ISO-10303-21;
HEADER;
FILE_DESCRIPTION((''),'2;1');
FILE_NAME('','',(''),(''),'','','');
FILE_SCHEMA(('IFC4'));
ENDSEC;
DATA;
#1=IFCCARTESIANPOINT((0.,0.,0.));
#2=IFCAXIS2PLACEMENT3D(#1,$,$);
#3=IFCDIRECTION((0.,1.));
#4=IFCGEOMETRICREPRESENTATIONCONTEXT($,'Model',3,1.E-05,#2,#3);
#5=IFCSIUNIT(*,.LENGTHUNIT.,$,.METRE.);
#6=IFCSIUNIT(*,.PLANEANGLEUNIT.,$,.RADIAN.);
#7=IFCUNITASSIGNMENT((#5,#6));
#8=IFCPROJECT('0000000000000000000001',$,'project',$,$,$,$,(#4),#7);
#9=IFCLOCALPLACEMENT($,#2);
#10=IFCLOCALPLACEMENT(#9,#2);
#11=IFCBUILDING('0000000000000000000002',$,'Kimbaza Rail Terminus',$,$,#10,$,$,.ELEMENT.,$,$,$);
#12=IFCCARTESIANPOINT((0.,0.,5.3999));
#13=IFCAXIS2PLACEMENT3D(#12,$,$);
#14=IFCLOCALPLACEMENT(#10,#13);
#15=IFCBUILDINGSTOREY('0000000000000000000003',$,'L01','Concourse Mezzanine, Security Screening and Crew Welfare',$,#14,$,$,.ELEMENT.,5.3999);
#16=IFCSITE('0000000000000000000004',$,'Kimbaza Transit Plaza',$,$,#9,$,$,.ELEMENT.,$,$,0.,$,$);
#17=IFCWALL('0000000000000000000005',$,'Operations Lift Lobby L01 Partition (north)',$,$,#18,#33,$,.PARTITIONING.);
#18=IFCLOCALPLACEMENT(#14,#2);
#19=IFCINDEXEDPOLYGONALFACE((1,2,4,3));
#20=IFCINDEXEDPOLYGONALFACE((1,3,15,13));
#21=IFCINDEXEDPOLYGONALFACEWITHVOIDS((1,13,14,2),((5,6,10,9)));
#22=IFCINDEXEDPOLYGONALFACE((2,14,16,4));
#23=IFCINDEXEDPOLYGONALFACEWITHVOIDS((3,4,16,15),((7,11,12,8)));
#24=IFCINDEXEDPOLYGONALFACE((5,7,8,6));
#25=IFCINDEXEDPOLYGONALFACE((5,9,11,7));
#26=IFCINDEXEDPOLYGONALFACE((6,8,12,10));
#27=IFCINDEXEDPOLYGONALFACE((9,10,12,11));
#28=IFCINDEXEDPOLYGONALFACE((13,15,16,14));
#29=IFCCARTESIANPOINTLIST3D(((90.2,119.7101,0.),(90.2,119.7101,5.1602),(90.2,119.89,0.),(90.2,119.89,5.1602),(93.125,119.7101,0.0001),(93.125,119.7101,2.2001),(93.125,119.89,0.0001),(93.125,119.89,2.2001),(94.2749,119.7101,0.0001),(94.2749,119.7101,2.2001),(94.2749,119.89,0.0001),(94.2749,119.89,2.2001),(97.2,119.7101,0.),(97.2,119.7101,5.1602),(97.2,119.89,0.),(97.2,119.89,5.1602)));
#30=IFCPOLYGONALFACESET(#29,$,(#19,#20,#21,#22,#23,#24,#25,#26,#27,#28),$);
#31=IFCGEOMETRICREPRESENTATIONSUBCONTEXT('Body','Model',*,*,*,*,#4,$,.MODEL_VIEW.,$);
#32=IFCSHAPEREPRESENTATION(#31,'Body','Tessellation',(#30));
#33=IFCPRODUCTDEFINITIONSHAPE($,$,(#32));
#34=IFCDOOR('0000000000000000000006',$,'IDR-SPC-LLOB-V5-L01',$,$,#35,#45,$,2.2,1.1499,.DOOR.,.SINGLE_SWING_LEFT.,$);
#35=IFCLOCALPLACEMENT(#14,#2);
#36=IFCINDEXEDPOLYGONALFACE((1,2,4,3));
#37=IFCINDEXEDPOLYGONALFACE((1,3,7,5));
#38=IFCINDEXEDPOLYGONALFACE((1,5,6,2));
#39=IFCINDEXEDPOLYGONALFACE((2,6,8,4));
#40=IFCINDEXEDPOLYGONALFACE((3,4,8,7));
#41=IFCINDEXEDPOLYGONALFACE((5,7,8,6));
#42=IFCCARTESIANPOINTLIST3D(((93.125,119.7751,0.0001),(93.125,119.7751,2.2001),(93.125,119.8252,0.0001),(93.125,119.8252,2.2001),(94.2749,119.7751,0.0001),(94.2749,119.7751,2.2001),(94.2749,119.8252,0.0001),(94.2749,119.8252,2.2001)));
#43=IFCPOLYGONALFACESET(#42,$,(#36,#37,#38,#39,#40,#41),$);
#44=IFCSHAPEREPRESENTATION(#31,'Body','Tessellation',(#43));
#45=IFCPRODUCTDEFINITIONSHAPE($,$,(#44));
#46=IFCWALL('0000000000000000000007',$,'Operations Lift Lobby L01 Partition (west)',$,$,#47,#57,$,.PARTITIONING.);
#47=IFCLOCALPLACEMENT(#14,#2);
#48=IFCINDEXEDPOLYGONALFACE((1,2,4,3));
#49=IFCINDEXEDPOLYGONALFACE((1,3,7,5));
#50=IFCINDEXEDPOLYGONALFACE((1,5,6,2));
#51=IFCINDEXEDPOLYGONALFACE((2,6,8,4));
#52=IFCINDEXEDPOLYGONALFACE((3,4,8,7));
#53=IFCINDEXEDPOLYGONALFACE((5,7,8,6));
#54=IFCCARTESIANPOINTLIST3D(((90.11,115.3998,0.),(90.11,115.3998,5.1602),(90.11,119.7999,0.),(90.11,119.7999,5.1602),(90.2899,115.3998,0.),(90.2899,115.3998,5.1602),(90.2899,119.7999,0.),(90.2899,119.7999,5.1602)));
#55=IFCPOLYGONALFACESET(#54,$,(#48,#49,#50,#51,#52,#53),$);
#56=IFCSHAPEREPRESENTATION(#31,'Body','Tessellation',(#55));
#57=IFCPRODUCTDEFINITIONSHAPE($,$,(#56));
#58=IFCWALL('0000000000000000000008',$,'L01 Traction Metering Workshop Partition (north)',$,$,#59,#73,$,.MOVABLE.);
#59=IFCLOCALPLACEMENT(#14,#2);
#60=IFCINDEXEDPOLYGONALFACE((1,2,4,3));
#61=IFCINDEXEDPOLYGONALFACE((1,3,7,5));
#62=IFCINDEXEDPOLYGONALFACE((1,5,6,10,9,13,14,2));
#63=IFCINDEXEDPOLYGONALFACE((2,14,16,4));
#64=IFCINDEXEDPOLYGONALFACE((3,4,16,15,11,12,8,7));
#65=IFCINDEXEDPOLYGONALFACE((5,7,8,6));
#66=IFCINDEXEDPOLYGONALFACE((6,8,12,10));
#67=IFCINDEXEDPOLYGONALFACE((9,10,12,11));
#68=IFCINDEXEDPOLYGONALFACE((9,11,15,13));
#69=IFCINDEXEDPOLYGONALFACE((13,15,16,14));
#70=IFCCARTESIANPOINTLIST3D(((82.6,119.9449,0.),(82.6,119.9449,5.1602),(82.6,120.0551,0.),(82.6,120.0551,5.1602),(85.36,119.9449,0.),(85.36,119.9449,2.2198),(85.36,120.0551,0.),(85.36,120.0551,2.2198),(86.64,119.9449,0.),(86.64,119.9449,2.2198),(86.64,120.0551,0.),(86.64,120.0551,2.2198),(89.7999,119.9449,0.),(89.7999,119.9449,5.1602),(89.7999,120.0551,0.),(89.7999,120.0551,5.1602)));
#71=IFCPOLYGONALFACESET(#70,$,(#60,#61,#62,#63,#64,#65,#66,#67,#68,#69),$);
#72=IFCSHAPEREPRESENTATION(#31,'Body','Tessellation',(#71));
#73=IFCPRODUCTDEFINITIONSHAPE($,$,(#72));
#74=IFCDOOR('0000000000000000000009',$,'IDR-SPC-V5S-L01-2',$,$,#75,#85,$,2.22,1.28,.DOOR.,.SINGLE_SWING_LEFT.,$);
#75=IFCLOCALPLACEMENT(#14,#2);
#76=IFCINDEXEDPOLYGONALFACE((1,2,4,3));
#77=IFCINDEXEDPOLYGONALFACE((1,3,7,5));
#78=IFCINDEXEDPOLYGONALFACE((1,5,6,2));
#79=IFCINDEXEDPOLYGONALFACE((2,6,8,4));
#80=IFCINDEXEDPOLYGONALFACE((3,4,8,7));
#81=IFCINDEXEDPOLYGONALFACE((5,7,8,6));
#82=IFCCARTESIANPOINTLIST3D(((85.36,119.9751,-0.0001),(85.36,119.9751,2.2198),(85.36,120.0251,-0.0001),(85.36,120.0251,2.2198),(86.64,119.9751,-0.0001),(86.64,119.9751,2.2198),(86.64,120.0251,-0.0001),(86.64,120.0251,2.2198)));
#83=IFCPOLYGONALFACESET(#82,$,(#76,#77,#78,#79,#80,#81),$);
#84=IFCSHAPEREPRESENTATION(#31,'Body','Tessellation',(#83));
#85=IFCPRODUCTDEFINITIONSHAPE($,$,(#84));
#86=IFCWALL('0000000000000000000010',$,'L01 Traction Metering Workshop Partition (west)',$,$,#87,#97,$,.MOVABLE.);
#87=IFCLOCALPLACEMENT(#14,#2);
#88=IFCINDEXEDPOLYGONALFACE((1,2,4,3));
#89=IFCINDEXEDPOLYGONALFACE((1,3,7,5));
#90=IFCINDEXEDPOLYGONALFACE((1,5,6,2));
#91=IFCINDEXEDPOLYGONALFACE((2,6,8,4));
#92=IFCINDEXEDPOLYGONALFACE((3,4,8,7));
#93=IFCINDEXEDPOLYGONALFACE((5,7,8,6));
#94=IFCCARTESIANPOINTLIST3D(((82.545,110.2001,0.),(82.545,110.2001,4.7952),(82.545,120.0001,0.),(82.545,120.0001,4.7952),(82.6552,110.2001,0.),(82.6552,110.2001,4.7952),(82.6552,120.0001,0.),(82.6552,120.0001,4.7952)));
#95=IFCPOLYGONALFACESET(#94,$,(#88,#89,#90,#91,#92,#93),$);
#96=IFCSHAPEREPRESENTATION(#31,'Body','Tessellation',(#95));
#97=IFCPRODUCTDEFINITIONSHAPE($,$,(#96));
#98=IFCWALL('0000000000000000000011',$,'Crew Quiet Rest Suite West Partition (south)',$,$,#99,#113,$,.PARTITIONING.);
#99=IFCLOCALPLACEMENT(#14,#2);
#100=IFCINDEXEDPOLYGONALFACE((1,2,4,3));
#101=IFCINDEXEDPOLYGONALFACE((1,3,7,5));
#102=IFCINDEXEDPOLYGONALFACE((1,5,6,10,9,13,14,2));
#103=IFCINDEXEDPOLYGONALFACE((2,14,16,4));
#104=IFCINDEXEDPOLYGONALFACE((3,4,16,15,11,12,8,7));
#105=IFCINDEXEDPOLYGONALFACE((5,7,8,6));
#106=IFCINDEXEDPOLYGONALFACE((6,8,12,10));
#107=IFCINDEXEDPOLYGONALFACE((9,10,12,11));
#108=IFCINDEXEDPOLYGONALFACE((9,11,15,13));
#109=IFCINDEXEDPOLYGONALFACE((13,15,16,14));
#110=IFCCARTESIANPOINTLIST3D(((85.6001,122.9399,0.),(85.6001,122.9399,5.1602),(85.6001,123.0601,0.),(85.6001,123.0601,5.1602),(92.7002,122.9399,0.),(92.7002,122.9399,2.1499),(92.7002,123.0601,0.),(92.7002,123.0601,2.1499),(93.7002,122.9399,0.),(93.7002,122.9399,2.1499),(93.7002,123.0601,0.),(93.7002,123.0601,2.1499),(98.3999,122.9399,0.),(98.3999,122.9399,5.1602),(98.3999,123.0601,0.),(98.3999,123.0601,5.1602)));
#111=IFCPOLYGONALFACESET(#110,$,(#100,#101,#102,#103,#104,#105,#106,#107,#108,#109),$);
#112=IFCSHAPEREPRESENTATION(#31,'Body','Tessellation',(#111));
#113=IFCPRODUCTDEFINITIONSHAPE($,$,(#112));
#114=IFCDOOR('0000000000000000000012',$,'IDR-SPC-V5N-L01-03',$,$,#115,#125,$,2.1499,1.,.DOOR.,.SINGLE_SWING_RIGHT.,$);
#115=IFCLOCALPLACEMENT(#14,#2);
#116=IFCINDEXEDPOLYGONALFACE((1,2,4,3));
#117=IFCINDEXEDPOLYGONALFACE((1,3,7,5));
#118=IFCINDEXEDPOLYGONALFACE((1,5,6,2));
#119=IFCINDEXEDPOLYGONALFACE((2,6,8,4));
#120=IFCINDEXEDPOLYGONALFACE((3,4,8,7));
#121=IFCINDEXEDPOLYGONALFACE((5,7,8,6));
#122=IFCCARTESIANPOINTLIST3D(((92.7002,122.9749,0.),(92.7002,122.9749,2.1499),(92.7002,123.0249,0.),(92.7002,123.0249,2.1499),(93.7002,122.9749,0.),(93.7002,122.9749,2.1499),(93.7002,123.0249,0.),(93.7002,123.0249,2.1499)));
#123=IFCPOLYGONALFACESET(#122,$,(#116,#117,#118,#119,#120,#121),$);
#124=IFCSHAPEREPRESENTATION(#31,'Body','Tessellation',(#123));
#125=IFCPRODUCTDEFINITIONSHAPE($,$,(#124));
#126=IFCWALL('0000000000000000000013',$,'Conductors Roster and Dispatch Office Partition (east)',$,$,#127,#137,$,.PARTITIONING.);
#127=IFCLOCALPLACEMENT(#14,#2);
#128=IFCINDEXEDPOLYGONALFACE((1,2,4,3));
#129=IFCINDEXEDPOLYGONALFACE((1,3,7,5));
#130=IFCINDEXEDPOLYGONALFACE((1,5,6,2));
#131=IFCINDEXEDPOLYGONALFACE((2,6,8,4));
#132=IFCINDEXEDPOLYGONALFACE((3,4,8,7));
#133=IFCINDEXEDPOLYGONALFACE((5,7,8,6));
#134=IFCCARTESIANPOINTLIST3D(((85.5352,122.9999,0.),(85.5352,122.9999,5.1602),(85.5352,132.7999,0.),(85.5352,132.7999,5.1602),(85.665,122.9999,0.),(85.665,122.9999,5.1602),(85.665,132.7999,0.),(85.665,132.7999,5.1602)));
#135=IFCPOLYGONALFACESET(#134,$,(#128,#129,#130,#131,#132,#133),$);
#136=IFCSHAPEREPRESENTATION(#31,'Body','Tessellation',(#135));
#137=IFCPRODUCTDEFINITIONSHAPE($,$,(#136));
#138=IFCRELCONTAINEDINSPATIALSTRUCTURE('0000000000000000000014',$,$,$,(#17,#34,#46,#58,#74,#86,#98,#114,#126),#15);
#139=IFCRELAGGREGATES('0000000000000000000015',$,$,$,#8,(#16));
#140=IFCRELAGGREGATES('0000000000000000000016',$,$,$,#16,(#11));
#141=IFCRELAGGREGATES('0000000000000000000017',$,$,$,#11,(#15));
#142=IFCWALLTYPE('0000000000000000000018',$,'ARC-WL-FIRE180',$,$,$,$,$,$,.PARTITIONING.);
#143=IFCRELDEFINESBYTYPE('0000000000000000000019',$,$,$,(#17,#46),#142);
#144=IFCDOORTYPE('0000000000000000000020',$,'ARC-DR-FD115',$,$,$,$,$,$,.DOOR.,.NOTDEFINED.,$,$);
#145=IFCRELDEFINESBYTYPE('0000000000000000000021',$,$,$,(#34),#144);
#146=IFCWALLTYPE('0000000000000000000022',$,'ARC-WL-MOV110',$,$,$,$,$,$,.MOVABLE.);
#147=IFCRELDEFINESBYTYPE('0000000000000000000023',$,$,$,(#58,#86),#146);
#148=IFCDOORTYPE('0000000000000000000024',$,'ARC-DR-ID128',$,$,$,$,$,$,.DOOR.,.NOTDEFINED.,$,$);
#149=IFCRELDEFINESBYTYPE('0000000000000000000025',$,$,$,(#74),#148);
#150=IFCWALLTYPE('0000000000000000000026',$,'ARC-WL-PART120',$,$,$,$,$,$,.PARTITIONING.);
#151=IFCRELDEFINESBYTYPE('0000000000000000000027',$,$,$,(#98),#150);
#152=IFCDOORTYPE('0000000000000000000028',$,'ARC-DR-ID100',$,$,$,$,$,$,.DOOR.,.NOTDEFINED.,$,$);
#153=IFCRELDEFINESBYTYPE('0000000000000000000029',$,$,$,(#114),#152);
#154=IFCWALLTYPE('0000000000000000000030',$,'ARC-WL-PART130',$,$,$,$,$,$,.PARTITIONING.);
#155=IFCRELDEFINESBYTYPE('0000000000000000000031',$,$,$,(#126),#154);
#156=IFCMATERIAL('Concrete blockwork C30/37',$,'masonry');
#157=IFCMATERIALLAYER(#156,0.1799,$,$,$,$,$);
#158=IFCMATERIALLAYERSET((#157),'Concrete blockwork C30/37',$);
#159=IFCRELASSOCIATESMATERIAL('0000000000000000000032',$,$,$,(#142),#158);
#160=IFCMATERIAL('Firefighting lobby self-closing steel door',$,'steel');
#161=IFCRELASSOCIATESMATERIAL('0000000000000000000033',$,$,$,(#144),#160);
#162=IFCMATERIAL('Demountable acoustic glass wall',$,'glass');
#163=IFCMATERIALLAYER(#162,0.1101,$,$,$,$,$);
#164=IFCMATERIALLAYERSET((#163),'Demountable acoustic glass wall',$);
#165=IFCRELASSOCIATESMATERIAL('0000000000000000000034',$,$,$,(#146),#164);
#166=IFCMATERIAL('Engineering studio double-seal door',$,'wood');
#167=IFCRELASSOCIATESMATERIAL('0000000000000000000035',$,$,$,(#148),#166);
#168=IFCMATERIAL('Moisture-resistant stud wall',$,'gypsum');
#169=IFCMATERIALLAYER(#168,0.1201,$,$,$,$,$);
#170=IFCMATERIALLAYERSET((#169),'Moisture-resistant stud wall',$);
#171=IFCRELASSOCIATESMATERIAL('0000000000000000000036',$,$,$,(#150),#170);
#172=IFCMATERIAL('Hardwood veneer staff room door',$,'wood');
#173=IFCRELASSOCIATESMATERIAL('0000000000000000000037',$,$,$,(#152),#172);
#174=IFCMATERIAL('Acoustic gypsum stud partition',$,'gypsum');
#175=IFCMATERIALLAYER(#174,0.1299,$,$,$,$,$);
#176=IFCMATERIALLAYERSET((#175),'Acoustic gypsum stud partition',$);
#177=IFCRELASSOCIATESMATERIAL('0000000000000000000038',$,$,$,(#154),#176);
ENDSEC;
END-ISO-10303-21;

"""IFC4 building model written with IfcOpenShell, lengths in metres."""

from ifc_helpers import new_model, si_unit, direction, frame, frame_2d, origin, place, context, subcontext, project, spatial, rectangle, extrude, material, layer, layer_set, type_object, element, fill, save


model = new_model("IFC4")

# Units and contexts
model_context = context("Model", 3, precision=1e-05, world=origin(), true_north=direction((0.0, 1.0)))
body_context = subcontext(model_context, "Body", "Model", "MODEL_VIEW")
ifc_project = project(units=[si_unit("LENGTHUNIT", "METRE"), si_unit("PLANEANGLEUNIT", "RADIAN")], contexts=[model_context])

# Site, building, storey
site_placement = place(None, origin())
site = spatial("IfcSite", under=ifc_project, at=site_placement, Name="Kimbaza Transit Plaza", CompositionType="ELEMENT", RefElevation=0.0)
building_placement = place(site_placement, origin())
building = spatial("IfcBuilding", under=site, at=building_placement, Name="Kimbaza Rail Terminus", CompositionType="ELEMENT")
storey_placement = place(building_placement, frame((0.0, 0.0, 5.3999)))
storey = spatial("IfcBuildingStorey", under=building, at=storey_placement, Name="L01", Description="Concourse Mezzanine, Security Screening and Crew Welfare", CompositionType="ELEMENT", Elevation=5.3999)

# Shared definitions
ifc_material_1 = material(Name="Concrete blockwork C30/37", Category="masonry")
ifc_layer_1 = layer(ifc_material_1, 0.1799)
ifc_layer_set_1 = layer_set([ifc_layer_1], Name="Concrete blockwork C30/37")
wall_type_1 = type_object("IfcWallType", Name="ARC-WL-FIRE180", PredefinedType="PARTITIONING", material=ifc_layer_set_1)
ifc_material_2 = material(Name="Firefighting lobby self-closing steel door", Category="steel")
door_type_1 = type_object("IfcDoorType", Name="ARC-DR-FD115", OperationType="NOTDEFINED", PredefinedType="DOOR", material=ifc_material_2)

# Wall, opening, door
wall_1_placement = place(storey_placement, frame((97.2, 119.8, 0.0), z_axis=(0.0, 0.0, 1.0), x_axis=(-1.0, 0.0, 0.0)))
wall_1 = element("IfcWall", 1, at=wall_1_placement, inside=storey, type_object=wall_type_1, Name="Operations Lift Lobby L01 Partition (north)", PredefinedType="PARTITIONING", context=body_context, shape_type="SweptSolid", body=[
    extrude(rectangle(XDim=7.0, YDim=0.1799, at=frame_2d((3.5, 0.0))), origin(), (0.0, 0.0, 1.0), 5.1602),
])
opening_1_placement = place(wall_1_placement, frame((2.925, 0.0, 0.0)))
opening_1 = element("IfcOpeningElement", 2, at=opening_1_placement, cuts=wall_1, PredefinedType="OPENING", context=body_context, shape_type="SweptSolid", body=[
    extrude(rectangle(XDim=1.1499, YDim=2.2, at=frame_2d((0.575, 1.1001))), frame((0.0, 0.0999, 0.0), z_axis=(0.0, -1.0, 0.0), x_axis=(1.0, 0.0, 0.0)), (0.0, 0.0, 1.0), 0.2),
])
door_1_placement = place(opening_1_placement, origin())
door_1 = element("IfcDoor", 3, at=door_1_placement, inside=storey, type_object=door_type_1, Name="IDR-SPC-LLOB-V5-L01", OperationType="SINGLE_SWING_LEFT", OverallHeight=2.2, OverallWidth=1.1499, PredefinedType="DOOR", context=body_context, shape_type="SweptSolid", body=[
    extrude(rectangle(XDim=1.1499, YDim=2.2, at=frame_2d((0.575, 1.1001))), frame((0.0, 0.0249, 0.0), z_axis=(0.0, -1.0, 0.0), x_axis=(1.0, 0.0, 0.0)), (0.0, 0.0, 1.0), 0.05),
])
fill(opening_1, door_1)

# Wall
wall_2_placement = place(storey_placement, frame((90.2, 119.8, 0.0), z_axis=(0.0, 0.0, 1.0), x_axis=(0.0, -1.0, 0.0)))
element("IfcWall", 4, at=wall_2_placement, inside=storey, type_object=wall_type_1, Name="Operations Lift Lobby L01 Partition (west)", PredefinedType="PARTITIONING", context=body_context, shape_type="SweptSolid", body=[
    extrude(rectangle(XDim=4.4001, YDim=0.1799, at=frame_2d((2.2002, 0.0))), origin(), (0.0, 0.0, 1.0), 5.1602),
])

# Wall, opening, door
ifc_material_3 = material(Name="Demountable acoustic glass wall", Category="glass")
ifc_layer_2 = layer(ifc_material_3, 0.1101)
ifc_layer_set_2 = layer_set([ifc_layer_2], Name="Demountable acoustic glass wall")
wall_type_2 = type_object("IfcWallType", Name="ARC-WL-MOV110", PredefinedType="MOVABLE", material=ifc_layer_set_2)
wall_3_placement = place(storey_placement, frame((89.8, 120.0, 0.0), z_axis=(0.0, 0.0, 1.0), x_axis=(-1.0, 0.0, 0.0)))
wall_3 = element("IfcWall", 5, at=wall_3_placement, inside=storey, type_object=wall_type_2, Name="L01 Traction Metering Workshop Partition (north)", PredefinedType="MOVABLE", context=body_context, shape_type="SweptSolid", body=[
    extrude(rectangle(XDim=7.2, YDim=0.1101, at=frame_2d((3.6001, 0.0))), origin(), (0.0, 0.0, 1.0), 5.1602),
])
opening_2_placement = place(wall_3_placement, frame((3.1599, 0.0, 0.0)))
opening_2 = element("IfcOpeningElement", 6, at=opening_2_placement, cuts=wall_3, PredefinedType="OPENING", context=body_context, shape_type="SweptSolid", body=[
    extrude(rectangle(XDim=1.28, YDim=2.22, at=frame_2d((0.6401, 1.1099))), frame((0.0, 0.0649, 0.0), z_axis=(0.0, -1.0, 0.0), x_axis=(1.0, 0.0, 0.0)), (0.0, 0.0, 1.0), 0.1301),
])
ifc_material_4 = material(Name="Engineering studio double-seal door", Category="wood")
door_type_2 = type_object("IfcDoorType", Name="ARC-DR-ID128", OperationType="NOTDEFINED", PredefinedType="DOOR", material=ifc_material_4)
door_2_placement = place(opening_2_placement, origin())
door_2 = element("IfcDoor", 7, at=door_2_placement, inside=storey, type_object=door_type_2, Name="IDR-SPC-V5S-L01-2", OperationType="SINGLE_SWING_LEFT", OverallHeight=2.22, OverallWidth=1.28, PredefinedType="DOOR", context=body_context, shape_type="SweptSolid", body=[
    extrude(rectangle(XDim=1.28, YDim=2.22, at=frame_2d((0.6401, 1.1099))), frame((0.0, 0.0249, 0.0), z_axis=(0.0, -1.0, 0.0), x_axis=(1.0, 0.0, 0.0)), (0.0, 0.0, 1.0), 0.05),
])
fill(opening_2, door_2)

# Wall
wall_4_placement = place(storey_placement, frame((82.6001, 120.0, 0.0), z_axis=(0.0, 0.0, 1.0), x_axis=(0.0, -1.0, 0.0)))
element("IfcWall", 8, at=wall_4_placement, inside=storey, type_object=wall_type_2, Name="L01 Traction Metering Workshop Partition (west)", PredefinedType="MOVABLE", context=body_context, shape_type="SweptSolid", body=[
    extrude(rectangle(XDim=9.8, YDim=0.1101, at=frame_2d((4.8999, 0.0))), origin(), (0.0, 0.0, 1.0), 4.7952),
])

# Wall, opening, door
ifc_material_5 = material(Name="Moisture-resistant stud wall", Category="gypsum")
ifc_layer_3 = layer(ifc_material_5, 0.1201)
ifc_layer_set_3 = layer_set([ifc_layer_3], Name="Moisture-resistant stud wall")
wall_type_3 = type_object("IfcWallType", Name="ARC-WL-PART120", PredefinedType="PARTITIONING", material=ifc_layer_set_3)
wall_5_placement = place(storey_placement, frame((85.6001, 123.0, 0.0), z_axis=(0.0, 0.0, 1.0), x_axis=(1.0, 0.0, 0.0)))
wall_5 = element("IfcWall", 9, at=wall_5_placement, inside=storey, type_object=wall_type_3, Name="Crew Quiet Rest Suite West Partition (south)", PredefinedType="PARTITIONING", context=body_context, shape_type="SweptSolid", body=[
    extrude(rectangle(XDim=12.7998, YDim=0.1201, at=frame_2d((6.3999, 0.0))), origin(), (0.0, 0.0, 1.0), 5.1602),
])
opening_3_placement = place(wall_5_placement, frame((7.1001, 0.0, 0.0)))
opening_3 = element("IfcOpeningElement", 10, at=opening_3_placement, cuts=wall_5, PredefinedType="OPENING", context=body_context, shape_type="SweptSolid", body=[
    extrude(rectangle(XDim=1.0, YDim=2.1499, at=frame_2d((0.5, 1.075))), frame((0.0, 0.0701, 0.0), z_axis=(0.0, -1.0, 0.0), x_axis=(1.0, 0.0, 0.0)), (0.0, 0.0, 1.0), 0.1401),
])
ifc_material_6 = material(Name="Hardwood veneer staff room door", Category="wood")
door_type_3 = type_object("IfcDoorType", Name="ARC-DR-ID100", OperationType="NOTDEFINED", PredefinedType="DOOR", material=ifc_material_6)
door_3_placement = place(opening_3_placement, origin())
door_3 = element("IfcDoor", 11, at=door_3_placement, inside=storey, type_object=door_type_3, Name="IDR-SPC-V5N-L01-03", OperationType="SINGLE_SWING_RIGHT", OverallHeight=2.1499, OverallWidth=1.0, PredefinedType="DOOR", context=body_context, shape_type="SweptSolid", body=[
    extrude(rectangle(XDim=1.0, YDim=2.1499, at=frame_2d((0.5, 1.075))), frame((0.0, 0.0249, 0.0), z_axis=(0.0, -1.0, 0.0), x_axis=(1.0, 0.0, 0.0)), (0.0, 0.0, 1.0), 0.05),
])
fill(opening_3, door_3)

# Wall
ifc_material_7 = material(Name="Acoustic gypsum stud partition", Category="gypsum")
ifc_layer_4 = layer(ifc_material_7, 0.1299)
ifc_layer_set_4 = layer_set([ifc_layer_4], Name="Acoustic gypsum stud partition")
wall_type_4 = type_object("IfcWallType", Name="ARC-WL-PART130", PredefinedType="PARTITIONING", material=ifc_layer_set_4)
wall_6_placement = place(storey_placement, frame((85.6001, 123.0, 0.0), z_axis=(0.0, 0.0, 1.0), x_axis=(0.0, 1.0, 0.0)))
element("IfcWall", 12, at=wall_6_placement, inside=storey, type_object=wall_type_4, Name="Conductors Roster and Dispatch Office Partition (east)", PredefinedType="PARTITIONING", context=body_context, shape_type="SweptSolid", body=[
    extrude(rectangle(XDim=9.8, YDim=0.1299, at=frame_2d((4.8999, 0.0))), origin(), (0.0, 0.0, 1.0), 5.1602),
])

save(model, "model.ifc")
